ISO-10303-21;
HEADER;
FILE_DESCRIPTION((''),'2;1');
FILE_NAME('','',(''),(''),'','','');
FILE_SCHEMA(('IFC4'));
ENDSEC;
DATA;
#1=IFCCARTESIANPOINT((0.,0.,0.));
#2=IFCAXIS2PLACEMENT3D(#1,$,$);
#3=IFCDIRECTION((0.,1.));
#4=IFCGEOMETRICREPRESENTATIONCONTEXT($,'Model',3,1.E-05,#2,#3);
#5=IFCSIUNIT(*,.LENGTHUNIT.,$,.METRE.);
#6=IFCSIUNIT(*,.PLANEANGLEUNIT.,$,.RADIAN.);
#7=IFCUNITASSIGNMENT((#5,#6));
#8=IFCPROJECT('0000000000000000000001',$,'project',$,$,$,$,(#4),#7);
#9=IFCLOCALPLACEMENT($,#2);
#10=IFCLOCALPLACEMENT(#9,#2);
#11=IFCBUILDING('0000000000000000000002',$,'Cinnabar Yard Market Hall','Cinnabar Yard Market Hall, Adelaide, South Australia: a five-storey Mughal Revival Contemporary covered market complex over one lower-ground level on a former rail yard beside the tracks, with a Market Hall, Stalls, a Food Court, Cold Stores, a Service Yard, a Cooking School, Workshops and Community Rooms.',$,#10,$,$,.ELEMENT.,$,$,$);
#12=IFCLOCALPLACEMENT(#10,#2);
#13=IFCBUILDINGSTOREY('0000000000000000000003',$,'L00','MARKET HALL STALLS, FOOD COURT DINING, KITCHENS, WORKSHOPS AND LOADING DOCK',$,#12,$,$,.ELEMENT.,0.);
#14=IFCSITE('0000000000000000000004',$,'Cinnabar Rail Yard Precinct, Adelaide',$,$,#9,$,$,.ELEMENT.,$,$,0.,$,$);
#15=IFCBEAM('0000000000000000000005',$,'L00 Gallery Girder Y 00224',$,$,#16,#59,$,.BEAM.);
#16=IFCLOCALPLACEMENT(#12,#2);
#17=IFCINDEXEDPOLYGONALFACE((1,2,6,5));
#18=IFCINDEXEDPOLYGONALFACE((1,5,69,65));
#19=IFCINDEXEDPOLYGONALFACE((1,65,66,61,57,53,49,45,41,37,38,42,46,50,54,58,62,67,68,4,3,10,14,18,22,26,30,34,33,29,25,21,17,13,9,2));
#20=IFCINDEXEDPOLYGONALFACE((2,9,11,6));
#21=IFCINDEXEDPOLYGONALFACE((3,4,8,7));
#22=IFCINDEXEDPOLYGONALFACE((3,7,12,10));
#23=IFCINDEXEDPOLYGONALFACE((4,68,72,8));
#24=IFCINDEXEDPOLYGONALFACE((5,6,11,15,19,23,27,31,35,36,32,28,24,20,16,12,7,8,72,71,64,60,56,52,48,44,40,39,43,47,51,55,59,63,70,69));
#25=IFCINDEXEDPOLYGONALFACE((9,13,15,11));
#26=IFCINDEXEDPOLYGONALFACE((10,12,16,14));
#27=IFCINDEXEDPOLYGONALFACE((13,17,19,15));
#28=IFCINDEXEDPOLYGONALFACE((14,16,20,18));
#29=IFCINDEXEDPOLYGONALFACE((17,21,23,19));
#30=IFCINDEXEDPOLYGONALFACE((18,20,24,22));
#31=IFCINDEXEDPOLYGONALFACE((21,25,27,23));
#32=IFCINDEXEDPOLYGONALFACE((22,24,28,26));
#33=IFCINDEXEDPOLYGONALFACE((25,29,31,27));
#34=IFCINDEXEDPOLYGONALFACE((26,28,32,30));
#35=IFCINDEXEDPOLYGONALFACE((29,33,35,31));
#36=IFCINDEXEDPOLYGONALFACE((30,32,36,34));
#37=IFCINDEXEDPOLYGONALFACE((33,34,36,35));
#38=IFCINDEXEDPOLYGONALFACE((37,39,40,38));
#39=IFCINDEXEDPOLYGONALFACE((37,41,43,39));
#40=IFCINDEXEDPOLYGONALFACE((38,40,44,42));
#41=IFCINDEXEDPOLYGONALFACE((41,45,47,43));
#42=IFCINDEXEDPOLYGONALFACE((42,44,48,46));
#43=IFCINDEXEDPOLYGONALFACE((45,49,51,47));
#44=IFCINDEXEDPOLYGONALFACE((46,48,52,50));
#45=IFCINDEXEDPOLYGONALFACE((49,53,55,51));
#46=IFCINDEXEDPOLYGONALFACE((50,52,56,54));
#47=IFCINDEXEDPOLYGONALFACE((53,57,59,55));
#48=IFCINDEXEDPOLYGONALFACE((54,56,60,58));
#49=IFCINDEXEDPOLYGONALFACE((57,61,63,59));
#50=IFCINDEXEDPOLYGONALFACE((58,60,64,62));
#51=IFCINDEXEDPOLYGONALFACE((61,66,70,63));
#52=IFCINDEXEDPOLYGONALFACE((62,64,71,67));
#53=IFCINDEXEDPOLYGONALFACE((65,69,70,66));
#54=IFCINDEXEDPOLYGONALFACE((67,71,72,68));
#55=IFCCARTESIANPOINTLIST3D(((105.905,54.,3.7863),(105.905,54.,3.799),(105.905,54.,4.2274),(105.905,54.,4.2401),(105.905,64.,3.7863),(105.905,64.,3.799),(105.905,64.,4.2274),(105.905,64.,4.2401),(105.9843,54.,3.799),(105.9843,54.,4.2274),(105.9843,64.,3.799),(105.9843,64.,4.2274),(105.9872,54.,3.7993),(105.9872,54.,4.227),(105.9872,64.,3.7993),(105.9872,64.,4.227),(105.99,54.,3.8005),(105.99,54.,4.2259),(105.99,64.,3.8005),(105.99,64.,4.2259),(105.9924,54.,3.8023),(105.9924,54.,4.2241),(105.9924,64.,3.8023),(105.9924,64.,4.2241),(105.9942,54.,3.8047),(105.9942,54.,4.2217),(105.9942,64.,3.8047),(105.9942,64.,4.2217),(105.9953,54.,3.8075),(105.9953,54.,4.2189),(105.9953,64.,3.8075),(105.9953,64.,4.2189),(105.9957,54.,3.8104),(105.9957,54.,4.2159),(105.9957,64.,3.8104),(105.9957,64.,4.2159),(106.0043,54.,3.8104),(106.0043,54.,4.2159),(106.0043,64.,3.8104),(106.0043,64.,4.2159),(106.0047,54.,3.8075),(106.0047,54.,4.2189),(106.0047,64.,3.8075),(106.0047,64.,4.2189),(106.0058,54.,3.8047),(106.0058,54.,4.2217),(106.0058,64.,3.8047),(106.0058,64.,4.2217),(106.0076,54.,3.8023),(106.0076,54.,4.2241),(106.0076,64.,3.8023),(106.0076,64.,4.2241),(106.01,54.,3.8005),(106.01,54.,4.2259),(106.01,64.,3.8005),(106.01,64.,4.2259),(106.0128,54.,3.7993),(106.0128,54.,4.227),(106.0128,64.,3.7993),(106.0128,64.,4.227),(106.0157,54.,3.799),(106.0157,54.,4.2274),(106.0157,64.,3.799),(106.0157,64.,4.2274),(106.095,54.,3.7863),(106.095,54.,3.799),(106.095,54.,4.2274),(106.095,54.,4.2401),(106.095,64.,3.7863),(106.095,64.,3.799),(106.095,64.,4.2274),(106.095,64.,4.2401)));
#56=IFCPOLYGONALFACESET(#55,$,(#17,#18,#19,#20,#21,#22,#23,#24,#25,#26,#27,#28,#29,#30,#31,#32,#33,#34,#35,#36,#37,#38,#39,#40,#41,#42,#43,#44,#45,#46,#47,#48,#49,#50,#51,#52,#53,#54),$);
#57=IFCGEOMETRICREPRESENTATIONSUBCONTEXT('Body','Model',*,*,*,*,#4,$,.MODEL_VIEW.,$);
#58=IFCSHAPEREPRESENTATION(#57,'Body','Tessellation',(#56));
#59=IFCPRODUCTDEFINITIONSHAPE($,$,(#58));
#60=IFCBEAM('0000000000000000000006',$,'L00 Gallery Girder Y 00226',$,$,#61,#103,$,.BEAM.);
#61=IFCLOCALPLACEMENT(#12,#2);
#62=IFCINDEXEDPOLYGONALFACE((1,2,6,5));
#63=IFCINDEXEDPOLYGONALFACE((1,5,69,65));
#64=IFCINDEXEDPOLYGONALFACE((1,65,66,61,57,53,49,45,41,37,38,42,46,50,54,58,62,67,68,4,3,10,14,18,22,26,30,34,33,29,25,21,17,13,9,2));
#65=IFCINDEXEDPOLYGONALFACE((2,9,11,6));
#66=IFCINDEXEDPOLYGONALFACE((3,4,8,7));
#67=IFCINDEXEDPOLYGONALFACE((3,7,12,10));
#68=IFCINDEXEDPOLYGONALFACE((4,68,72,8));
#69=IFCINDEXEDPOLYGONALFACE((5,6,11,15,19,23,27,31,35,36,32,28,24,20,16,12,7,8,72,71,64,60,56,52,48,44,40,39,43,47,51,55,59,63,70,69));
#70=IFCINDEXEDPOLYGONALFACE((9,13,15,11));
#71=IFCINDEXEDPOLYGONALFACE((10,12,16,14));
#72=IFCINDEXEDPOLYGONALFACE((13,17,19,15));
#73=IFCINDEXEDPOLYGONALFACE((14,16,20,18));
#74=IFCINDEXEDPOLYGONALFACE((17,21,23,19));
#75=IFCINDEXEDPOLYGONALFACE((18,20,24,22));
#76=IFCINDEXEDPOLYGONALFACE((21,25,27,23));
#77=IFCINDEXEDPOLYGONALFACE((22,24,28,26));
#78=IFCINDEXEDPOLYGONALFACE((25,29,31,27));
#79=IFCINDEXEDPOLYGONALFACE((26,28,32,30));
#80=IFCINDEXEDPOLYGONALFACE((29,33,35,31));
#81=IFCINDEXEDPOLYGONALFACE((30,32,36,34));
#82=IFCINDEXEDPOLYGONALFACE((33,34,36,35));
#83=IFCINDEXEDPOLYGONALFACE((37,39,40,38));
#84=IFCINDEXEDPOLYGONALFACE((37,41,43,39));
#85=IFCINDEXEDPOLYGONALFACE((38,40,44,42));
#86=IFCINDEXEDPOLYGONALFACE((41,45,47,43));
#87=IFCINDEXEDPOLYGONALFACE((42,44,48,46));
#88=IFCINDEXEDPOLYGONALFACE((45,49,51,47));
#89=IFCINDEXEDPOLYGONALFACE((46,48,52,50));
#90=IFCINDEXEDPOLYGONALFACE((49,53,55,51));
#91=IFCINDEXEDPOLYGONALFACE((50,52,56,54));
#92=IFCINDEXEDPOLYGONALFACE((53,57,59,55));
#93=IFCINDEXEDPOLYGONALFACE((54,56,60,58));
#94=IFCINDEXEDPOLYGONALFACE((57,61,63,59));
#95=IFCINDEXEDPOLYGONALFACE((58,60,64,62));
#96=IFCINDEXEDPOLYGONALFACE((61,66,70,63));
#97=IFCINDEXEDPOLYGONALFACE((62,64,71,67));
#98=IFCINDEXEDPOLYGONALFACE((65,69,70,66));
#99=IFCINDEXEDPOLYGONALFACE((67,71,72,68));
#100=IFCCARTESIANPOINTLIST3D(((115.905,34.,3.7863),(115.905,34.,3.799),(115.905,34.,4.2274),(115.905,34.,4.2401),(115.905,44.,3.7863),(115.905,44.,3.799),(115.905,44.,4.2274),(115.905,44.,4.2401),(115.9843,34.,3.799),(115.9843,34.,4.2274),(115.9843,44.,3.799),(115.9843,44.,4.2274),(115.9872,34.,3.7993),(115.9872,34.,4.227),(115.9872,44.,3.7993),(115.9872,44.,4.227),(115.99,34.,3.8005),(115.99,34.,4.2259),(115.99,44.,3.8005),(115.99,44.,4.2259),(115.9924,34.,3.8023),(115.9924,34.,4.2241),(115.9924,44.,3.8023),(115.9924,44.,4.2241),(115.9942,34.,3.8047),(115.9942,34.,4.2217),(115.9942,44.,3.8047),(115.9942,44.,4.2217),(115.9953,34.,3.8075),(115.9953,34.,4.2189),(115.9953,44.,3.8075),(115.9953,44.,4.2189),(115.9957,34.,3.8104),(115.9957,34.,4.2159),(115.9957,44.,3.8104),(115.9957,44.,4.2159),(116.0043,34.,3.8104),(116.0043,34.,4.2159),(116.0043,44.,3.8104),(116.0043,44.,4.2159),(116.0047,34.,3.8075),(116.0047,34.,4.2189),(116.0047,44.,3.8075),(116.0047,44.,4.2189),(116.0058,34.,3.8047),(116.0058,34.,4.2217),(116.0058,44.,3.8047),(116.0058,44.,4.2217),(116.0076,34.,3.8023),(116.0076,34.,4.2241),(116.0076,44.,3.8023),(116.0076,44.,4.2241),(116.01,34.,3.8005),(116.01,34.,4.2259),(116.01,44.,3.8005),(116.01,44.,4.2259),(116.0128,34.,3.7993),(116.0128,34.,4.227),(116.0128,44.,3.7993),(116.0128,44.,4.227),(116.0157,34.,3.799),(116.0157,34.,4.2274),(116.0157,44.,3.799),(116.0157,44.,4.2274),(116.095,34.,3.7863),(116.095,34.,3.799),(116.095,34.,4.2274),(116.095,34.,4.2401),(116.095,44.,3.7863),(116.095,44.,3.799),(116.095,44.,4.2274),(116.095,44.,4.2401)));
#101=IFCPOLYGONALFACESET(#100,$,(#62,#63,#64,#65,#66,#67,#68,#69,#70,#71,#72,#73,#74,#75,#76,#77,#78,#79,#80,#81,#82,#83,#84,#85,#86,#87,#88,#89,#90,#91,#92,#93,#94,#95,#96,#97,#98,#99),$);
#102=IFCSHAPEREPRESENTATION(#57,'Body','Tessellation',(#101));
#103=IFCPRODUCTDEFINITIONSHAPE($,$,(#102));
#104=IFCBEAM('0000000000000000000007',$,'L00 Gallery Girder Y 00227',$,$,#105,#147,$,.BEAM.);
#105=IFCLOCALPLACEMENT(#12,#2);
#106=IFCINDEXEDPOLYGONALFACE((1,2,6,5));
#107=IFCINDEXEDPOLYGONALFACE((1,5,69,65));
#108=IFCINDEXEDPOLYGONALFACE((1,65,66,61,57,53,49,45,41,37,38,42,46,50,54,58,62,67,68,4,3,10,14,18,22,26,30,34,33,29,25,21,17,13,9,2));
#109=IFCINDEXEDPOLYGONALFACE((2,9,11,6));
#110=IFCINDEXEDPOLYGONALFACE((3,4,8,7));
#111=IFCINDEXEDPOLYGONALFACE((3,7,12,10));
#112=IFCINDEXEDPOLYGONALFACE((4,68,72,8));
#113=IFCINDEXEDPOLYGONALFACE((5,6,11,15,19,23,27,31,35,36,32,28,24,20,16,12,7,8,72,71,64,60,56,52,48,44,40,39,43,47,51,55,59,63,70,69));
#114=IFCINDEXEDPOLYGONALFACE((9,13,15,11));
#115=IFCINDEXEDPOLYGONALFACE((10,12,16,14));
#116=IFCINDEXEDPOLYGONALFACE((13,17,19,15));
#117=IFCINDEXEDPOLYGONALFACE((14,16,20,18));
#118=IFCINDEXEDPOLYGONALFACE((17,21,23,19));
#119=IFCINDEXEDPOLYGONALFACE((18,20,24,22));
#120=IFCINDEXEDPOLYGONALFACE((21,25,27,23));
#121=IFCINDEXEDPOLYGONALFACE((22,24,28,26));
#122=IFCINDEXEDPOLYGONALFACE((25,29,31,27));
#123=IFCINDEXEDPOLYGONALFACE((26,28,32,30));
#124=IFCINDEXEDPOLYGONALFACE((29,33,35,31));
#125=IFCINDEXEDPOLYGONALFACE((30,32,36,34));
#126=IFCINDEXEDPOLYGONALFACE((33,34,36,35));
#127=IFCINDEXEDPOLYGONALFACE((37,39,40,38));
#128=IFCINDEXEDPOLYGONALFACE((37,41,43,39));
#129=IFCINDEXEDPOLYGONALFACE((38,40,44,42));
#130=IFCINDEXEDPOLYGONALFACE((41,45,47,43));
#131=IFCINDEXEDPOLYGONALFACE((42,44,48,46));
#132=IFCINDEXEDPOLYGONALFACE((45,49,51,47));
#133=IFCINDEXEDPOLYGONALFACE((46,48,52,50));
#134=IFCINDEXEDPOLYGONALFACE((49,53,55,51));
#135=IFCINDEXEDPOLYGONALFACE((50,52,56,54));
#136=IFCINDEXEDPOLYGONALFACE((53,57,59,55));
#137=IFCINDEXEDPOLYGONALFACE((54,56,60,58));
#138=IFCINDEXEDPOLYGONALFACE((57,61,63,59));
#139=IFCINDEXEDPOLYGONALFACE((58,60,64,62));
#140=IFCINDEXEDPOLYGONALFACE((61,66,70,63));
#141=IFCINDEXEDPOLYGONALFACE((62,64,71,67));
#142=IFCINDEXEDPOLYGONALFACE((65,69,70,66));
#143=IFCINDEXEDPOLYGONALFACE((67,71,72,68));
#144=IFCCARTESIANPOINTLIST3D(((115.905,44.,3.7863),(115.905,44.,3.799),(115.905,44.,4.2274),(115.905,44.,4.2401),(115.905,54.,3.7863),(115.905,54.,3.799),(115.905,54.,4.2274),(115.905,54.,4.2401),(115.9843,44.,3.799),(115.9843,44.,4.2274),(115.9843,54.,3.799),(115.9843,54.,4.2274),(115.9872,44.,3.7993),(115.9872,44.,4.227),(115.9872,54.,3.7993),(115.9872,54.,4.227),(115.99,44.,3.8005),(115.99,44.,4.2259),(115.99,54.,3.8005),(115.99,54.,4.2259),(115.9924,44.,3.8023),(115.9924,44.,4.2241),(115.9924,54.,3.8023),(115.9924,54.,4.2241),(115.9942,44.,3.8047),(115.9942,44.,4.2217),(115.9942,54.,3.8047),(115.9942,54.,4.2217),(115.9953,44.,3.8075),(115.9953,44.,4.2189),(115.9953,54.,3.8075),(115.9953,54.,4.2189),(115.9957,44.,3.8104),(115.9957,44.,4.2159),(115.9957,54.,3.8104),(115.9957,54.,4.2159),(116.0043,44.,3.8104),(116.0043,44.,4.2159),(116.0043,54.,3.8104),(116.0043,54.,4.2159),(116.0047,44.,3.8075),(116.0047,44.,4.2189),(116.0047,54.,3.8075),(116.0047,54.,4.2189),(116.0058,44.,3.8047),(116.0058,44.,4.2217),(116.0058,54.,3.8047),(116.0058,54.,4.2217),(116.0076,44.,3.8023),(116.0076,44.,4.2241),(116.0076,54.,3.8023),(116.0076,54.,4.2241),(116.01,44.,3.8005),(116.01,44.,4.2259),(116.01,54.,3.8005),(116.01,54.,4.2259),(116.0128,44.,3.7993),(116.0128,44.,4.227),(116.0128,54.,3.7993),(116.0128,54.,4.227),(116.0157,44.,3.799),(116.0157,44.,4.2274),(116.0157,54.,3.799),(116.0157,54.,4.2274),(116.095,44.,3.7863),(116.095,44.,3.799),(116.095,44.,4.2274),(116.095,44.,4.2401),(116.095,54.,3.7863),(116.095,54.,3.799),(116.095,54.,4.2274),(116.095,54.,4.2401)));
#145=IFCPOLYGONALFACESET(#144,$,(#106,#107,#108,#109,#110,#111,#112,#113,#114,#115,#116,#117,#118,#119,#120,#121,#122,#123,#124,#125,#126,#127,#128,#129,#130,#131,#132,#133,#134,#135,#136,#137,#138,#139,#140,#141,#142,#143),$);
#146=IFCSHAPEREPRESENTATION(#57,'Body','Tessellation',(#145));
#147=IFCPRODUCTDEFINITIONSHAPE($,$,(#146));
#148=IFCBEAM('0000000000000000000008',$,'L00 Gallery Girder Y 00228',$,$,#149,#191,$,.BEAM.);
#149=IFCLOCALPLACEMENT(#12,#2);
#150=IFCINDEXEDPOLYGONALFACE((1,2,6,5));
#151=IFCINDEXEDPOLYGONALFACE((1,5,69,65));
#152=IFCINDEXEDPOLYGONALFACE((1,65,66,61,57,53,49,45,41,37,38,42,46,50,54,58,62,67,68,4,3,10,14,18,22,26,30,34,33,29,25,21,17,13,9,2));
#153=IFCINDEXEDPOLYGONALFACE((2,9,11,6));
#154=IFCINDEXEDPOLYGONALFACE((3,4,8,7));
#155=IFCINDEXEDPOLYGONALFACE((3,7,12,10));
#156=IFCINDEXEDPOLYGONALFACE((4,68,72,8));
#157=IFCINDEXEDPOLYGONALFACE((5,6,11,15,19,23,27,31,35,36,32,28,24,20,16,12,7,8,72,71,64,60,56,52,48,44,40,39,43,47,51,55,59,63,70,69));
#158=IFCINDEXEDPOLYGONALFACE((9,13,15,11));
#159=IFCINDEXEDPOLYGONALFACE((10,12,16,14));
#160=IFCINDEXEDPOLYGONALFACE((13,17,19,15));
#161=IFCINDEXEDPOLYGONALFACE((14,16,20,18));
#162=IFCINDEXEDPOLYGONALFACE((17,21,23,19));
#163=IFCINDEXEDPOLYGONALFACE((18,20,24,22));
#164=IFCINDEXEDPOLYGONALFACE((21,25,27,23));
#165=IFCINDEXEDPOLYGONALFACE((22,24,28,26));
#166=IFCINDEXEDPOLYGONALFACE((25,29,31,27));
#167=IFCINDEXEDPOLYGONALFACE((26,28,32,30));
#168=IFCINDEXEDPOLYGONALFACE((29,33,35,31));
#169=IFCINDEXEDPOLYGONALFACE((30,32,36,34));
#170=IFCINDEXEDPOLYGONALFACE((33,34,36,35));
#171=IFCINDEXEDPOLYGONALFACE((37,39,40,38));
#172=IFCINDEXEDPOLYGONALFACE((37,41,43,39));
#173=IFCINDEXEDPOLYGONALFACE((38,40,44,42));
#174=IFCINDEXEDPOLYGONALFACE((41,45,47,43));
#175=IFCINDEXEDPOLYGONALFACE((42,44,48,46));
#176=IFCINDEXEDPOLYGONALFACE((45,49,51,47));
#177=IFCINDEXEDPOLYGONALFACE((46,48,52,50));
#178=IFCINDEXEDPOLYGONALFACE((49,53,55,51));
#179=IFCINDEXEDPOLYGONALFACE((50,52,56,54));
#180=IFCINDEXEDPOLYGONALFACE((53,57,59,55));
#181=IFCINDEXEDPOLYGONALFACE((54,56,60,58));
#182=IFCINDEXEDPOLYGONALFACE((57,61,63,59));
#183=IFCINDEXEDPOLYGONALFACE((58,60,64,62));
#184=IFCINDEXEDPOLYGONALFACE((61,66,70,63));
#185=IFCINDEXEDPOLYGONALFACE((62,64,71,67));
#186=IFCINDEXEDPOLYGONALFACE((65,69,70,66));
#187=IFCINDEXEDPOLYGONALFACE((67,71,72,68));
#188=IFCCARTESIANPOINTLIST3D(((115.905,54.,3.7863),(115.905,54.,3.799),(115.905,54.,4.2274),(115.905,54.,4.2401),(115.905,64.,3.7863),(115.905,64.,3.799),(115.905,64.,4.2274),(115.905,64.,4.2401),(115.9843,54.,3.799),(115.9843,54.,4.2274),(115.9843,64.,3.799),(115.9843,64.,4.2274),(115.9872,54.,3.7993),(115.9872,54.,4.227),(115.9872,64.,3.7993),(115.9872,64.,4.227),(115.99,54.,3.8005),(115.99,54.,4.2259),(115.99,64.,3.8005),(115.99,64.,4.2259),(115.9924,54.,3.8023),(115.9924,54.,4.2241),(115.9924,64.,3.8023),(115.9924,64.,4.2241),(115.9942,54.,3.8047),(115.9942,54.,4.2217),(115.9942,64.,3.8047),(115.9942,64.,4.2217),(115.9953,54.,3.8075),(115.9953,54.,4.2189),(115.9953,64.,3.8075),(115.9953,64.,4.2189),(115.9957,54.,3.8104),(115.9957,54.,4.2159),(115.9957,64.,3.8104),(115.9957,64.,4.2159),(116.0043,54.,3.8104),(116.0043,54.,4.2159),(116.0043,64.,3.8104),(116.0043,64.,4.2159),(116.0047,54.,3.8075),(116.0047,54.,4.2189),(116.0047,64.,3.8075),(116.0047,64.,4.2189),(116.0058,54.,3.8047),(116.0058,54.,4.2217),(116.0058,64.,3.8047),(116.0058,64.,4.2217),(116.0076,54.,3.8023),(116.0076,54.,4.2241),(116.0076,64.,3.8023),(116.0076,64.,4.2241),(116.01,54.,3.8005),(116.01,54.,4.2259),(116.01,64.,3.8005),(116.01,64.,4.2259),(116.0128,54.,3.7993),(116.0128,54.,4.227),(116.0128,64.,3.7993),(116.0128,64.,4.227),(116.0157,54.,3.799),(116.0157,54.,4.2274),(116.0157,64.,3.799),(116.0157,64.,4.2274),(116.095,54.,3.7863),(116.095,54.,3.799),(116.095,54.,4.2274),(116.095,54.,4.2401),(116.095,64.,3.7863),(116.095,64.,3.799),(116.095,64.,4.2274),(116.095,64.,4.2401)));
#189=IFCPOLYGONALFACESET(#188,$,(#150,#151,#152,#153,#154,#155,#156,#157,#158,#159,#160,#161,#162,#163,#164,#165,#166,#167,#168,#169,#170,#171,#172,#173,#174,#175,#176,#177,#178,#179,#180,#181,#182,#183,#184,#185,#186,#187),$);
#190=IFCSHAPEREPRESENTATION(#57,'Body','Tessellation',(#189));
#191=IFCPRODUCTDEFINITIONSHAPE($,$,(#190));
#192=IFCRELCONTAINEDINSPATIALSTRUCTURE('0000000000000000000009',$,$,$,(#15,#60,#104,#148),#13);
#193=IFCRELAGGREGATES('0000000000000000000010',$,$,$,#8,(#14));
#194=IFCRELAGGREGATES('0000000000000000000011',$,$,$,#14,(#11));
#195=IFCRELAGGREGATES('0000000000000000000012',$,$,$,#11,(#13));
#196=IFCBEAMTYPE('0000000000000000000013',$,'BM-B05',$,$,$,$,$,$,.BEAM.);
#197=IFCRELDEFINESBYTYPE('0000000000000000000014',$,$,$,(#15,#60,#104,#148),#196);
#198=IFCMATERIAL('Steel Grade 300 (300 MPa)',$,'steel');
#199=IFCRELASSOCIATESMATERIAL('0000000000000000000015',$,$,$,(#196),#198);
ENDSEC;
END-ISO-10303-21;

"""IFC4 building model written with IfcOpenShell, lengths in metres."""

from ifc_helpers import new_model, si_unit, direction, frame, origin, origin_2d_with_axis, place, context, subcontext, project, spatial, i_section, extrude, material, material_profile, profile_set, type_object, element, save


model = new_model("IFC4")

# Units and contexts
model_context = context("Model", 3, precision=1e-05, world=origin(), true_north=direction((0.0, 1.0)))
body_context = subcontext(model_context, "Body", "Model", "MODEL_VIEW")
ifc_project = project(units=[si_unit("LENGTHUNIT", "METRE"), si_unit("PLANEANGLEUNIT", "RADIAN")], contexts=[model_context])

# Site, building, storey
site_placement = place(None, origin())
site = spatial("IfcSite", under=ifc_project, at=site_placement, Name="Cinnabar Rail Yard Precinct, Adelaide", CompositionType="ELEMENT", RefElevation=0.0)
building_placement = place(site_placement, origin())
building = spatial("IfcBuilding", under=site, at=building_placement, Name="Cinnabar Yard Market Hall", Description="Cinnabar Yard Market Hall, Adelaide, South Australia: a five-storey Mughal Revival Contemporary covered market complex over one lower-ground level on a former rail yard beside the tracks, with a Market Hall, Stalls, a Food Court, Cold Stores, a Service Yard, a Cooking School, Workshops and Community Rooms.", CompositionType="ELEMENT")
storey_placement = place(building_placement, origin())
storey = spatial("IfcBuildingStorey", under=building, at=storey_placement, Name="L00", Description="MARKET HALL STALLS, FOOD COURT DINING, KITCHENS, WORKSHOPS AND LOADING DOCK", CompositionType="ELEMENT", Elevation=0.0)

# Beams
ifc_material_1 = material(Name="Steel Grade 300 (300 MPa)", Category="steel")
ifc_material_profile_1 = material_profile(ifc_material_1, i_section(OverallWidth=0.1899, OverallDepth=0.4539, WebThickness=0.0085, FlangeThickness=0.0127, FilletRadius=0.0115, at=origin_2d_with_axis()), Name="460UB67.1")
ifc_profile_set_1 = profile_set([ifc_material_profile_1], Name="Steel Grade 300 (300 MPa)")
beam_type_1 = type_object("IfcBeamType", Name="BM-B05", PredefinedType="BEAM", material=ifc_profile_set_1)
for number, where, z_axis, x_axis, name in (
    (1, (106.0, 54.0, 4.0132), (0.0, 1.0, 0.0), (-1.0, 0.0, 0.0), "L00 Gallery Girder Y 00224"),
    (2, (116.0, 34.0, 4.0132), (0.0, 1.0, 0.0), (-1.0, 0.0, 0.0), "L00 Gallery Girder Y 00226"),
    (3, (116.0, 44.0, 4.0132), (0.0, 1.0, 0.0), (-1.0, 0.0, 0.0), "L00 Gallery Girder Y 00227"),
    (4, (116.0, 54.0, 4.0132), (0.0, 1.0, 0.0), (-1.0, 0.0, 0.0), "L00 Gallery Girder Y 00228"),
):
    element("IfcBeam", number, at=place(storey_placement, frame(where, z_axis=z_axis, x_axis=x_axis)), inside=storey, type_object=beam_type_1, Name=name, PredefinedType="BEAM", context=body_context, shape_type="SweptSolid", body=[
        extrude(i_section(OverallWidth=0.1899, OverallDepth=0.4539, WebThickness=0.0085, FlangeThickness=0.0127, FilletRadius=0.0115, at=origin_2d_with_axis()), origin(), (0.0, 0.0, 1.0), 10.0),
    ])

save(model, "model.ifc")
